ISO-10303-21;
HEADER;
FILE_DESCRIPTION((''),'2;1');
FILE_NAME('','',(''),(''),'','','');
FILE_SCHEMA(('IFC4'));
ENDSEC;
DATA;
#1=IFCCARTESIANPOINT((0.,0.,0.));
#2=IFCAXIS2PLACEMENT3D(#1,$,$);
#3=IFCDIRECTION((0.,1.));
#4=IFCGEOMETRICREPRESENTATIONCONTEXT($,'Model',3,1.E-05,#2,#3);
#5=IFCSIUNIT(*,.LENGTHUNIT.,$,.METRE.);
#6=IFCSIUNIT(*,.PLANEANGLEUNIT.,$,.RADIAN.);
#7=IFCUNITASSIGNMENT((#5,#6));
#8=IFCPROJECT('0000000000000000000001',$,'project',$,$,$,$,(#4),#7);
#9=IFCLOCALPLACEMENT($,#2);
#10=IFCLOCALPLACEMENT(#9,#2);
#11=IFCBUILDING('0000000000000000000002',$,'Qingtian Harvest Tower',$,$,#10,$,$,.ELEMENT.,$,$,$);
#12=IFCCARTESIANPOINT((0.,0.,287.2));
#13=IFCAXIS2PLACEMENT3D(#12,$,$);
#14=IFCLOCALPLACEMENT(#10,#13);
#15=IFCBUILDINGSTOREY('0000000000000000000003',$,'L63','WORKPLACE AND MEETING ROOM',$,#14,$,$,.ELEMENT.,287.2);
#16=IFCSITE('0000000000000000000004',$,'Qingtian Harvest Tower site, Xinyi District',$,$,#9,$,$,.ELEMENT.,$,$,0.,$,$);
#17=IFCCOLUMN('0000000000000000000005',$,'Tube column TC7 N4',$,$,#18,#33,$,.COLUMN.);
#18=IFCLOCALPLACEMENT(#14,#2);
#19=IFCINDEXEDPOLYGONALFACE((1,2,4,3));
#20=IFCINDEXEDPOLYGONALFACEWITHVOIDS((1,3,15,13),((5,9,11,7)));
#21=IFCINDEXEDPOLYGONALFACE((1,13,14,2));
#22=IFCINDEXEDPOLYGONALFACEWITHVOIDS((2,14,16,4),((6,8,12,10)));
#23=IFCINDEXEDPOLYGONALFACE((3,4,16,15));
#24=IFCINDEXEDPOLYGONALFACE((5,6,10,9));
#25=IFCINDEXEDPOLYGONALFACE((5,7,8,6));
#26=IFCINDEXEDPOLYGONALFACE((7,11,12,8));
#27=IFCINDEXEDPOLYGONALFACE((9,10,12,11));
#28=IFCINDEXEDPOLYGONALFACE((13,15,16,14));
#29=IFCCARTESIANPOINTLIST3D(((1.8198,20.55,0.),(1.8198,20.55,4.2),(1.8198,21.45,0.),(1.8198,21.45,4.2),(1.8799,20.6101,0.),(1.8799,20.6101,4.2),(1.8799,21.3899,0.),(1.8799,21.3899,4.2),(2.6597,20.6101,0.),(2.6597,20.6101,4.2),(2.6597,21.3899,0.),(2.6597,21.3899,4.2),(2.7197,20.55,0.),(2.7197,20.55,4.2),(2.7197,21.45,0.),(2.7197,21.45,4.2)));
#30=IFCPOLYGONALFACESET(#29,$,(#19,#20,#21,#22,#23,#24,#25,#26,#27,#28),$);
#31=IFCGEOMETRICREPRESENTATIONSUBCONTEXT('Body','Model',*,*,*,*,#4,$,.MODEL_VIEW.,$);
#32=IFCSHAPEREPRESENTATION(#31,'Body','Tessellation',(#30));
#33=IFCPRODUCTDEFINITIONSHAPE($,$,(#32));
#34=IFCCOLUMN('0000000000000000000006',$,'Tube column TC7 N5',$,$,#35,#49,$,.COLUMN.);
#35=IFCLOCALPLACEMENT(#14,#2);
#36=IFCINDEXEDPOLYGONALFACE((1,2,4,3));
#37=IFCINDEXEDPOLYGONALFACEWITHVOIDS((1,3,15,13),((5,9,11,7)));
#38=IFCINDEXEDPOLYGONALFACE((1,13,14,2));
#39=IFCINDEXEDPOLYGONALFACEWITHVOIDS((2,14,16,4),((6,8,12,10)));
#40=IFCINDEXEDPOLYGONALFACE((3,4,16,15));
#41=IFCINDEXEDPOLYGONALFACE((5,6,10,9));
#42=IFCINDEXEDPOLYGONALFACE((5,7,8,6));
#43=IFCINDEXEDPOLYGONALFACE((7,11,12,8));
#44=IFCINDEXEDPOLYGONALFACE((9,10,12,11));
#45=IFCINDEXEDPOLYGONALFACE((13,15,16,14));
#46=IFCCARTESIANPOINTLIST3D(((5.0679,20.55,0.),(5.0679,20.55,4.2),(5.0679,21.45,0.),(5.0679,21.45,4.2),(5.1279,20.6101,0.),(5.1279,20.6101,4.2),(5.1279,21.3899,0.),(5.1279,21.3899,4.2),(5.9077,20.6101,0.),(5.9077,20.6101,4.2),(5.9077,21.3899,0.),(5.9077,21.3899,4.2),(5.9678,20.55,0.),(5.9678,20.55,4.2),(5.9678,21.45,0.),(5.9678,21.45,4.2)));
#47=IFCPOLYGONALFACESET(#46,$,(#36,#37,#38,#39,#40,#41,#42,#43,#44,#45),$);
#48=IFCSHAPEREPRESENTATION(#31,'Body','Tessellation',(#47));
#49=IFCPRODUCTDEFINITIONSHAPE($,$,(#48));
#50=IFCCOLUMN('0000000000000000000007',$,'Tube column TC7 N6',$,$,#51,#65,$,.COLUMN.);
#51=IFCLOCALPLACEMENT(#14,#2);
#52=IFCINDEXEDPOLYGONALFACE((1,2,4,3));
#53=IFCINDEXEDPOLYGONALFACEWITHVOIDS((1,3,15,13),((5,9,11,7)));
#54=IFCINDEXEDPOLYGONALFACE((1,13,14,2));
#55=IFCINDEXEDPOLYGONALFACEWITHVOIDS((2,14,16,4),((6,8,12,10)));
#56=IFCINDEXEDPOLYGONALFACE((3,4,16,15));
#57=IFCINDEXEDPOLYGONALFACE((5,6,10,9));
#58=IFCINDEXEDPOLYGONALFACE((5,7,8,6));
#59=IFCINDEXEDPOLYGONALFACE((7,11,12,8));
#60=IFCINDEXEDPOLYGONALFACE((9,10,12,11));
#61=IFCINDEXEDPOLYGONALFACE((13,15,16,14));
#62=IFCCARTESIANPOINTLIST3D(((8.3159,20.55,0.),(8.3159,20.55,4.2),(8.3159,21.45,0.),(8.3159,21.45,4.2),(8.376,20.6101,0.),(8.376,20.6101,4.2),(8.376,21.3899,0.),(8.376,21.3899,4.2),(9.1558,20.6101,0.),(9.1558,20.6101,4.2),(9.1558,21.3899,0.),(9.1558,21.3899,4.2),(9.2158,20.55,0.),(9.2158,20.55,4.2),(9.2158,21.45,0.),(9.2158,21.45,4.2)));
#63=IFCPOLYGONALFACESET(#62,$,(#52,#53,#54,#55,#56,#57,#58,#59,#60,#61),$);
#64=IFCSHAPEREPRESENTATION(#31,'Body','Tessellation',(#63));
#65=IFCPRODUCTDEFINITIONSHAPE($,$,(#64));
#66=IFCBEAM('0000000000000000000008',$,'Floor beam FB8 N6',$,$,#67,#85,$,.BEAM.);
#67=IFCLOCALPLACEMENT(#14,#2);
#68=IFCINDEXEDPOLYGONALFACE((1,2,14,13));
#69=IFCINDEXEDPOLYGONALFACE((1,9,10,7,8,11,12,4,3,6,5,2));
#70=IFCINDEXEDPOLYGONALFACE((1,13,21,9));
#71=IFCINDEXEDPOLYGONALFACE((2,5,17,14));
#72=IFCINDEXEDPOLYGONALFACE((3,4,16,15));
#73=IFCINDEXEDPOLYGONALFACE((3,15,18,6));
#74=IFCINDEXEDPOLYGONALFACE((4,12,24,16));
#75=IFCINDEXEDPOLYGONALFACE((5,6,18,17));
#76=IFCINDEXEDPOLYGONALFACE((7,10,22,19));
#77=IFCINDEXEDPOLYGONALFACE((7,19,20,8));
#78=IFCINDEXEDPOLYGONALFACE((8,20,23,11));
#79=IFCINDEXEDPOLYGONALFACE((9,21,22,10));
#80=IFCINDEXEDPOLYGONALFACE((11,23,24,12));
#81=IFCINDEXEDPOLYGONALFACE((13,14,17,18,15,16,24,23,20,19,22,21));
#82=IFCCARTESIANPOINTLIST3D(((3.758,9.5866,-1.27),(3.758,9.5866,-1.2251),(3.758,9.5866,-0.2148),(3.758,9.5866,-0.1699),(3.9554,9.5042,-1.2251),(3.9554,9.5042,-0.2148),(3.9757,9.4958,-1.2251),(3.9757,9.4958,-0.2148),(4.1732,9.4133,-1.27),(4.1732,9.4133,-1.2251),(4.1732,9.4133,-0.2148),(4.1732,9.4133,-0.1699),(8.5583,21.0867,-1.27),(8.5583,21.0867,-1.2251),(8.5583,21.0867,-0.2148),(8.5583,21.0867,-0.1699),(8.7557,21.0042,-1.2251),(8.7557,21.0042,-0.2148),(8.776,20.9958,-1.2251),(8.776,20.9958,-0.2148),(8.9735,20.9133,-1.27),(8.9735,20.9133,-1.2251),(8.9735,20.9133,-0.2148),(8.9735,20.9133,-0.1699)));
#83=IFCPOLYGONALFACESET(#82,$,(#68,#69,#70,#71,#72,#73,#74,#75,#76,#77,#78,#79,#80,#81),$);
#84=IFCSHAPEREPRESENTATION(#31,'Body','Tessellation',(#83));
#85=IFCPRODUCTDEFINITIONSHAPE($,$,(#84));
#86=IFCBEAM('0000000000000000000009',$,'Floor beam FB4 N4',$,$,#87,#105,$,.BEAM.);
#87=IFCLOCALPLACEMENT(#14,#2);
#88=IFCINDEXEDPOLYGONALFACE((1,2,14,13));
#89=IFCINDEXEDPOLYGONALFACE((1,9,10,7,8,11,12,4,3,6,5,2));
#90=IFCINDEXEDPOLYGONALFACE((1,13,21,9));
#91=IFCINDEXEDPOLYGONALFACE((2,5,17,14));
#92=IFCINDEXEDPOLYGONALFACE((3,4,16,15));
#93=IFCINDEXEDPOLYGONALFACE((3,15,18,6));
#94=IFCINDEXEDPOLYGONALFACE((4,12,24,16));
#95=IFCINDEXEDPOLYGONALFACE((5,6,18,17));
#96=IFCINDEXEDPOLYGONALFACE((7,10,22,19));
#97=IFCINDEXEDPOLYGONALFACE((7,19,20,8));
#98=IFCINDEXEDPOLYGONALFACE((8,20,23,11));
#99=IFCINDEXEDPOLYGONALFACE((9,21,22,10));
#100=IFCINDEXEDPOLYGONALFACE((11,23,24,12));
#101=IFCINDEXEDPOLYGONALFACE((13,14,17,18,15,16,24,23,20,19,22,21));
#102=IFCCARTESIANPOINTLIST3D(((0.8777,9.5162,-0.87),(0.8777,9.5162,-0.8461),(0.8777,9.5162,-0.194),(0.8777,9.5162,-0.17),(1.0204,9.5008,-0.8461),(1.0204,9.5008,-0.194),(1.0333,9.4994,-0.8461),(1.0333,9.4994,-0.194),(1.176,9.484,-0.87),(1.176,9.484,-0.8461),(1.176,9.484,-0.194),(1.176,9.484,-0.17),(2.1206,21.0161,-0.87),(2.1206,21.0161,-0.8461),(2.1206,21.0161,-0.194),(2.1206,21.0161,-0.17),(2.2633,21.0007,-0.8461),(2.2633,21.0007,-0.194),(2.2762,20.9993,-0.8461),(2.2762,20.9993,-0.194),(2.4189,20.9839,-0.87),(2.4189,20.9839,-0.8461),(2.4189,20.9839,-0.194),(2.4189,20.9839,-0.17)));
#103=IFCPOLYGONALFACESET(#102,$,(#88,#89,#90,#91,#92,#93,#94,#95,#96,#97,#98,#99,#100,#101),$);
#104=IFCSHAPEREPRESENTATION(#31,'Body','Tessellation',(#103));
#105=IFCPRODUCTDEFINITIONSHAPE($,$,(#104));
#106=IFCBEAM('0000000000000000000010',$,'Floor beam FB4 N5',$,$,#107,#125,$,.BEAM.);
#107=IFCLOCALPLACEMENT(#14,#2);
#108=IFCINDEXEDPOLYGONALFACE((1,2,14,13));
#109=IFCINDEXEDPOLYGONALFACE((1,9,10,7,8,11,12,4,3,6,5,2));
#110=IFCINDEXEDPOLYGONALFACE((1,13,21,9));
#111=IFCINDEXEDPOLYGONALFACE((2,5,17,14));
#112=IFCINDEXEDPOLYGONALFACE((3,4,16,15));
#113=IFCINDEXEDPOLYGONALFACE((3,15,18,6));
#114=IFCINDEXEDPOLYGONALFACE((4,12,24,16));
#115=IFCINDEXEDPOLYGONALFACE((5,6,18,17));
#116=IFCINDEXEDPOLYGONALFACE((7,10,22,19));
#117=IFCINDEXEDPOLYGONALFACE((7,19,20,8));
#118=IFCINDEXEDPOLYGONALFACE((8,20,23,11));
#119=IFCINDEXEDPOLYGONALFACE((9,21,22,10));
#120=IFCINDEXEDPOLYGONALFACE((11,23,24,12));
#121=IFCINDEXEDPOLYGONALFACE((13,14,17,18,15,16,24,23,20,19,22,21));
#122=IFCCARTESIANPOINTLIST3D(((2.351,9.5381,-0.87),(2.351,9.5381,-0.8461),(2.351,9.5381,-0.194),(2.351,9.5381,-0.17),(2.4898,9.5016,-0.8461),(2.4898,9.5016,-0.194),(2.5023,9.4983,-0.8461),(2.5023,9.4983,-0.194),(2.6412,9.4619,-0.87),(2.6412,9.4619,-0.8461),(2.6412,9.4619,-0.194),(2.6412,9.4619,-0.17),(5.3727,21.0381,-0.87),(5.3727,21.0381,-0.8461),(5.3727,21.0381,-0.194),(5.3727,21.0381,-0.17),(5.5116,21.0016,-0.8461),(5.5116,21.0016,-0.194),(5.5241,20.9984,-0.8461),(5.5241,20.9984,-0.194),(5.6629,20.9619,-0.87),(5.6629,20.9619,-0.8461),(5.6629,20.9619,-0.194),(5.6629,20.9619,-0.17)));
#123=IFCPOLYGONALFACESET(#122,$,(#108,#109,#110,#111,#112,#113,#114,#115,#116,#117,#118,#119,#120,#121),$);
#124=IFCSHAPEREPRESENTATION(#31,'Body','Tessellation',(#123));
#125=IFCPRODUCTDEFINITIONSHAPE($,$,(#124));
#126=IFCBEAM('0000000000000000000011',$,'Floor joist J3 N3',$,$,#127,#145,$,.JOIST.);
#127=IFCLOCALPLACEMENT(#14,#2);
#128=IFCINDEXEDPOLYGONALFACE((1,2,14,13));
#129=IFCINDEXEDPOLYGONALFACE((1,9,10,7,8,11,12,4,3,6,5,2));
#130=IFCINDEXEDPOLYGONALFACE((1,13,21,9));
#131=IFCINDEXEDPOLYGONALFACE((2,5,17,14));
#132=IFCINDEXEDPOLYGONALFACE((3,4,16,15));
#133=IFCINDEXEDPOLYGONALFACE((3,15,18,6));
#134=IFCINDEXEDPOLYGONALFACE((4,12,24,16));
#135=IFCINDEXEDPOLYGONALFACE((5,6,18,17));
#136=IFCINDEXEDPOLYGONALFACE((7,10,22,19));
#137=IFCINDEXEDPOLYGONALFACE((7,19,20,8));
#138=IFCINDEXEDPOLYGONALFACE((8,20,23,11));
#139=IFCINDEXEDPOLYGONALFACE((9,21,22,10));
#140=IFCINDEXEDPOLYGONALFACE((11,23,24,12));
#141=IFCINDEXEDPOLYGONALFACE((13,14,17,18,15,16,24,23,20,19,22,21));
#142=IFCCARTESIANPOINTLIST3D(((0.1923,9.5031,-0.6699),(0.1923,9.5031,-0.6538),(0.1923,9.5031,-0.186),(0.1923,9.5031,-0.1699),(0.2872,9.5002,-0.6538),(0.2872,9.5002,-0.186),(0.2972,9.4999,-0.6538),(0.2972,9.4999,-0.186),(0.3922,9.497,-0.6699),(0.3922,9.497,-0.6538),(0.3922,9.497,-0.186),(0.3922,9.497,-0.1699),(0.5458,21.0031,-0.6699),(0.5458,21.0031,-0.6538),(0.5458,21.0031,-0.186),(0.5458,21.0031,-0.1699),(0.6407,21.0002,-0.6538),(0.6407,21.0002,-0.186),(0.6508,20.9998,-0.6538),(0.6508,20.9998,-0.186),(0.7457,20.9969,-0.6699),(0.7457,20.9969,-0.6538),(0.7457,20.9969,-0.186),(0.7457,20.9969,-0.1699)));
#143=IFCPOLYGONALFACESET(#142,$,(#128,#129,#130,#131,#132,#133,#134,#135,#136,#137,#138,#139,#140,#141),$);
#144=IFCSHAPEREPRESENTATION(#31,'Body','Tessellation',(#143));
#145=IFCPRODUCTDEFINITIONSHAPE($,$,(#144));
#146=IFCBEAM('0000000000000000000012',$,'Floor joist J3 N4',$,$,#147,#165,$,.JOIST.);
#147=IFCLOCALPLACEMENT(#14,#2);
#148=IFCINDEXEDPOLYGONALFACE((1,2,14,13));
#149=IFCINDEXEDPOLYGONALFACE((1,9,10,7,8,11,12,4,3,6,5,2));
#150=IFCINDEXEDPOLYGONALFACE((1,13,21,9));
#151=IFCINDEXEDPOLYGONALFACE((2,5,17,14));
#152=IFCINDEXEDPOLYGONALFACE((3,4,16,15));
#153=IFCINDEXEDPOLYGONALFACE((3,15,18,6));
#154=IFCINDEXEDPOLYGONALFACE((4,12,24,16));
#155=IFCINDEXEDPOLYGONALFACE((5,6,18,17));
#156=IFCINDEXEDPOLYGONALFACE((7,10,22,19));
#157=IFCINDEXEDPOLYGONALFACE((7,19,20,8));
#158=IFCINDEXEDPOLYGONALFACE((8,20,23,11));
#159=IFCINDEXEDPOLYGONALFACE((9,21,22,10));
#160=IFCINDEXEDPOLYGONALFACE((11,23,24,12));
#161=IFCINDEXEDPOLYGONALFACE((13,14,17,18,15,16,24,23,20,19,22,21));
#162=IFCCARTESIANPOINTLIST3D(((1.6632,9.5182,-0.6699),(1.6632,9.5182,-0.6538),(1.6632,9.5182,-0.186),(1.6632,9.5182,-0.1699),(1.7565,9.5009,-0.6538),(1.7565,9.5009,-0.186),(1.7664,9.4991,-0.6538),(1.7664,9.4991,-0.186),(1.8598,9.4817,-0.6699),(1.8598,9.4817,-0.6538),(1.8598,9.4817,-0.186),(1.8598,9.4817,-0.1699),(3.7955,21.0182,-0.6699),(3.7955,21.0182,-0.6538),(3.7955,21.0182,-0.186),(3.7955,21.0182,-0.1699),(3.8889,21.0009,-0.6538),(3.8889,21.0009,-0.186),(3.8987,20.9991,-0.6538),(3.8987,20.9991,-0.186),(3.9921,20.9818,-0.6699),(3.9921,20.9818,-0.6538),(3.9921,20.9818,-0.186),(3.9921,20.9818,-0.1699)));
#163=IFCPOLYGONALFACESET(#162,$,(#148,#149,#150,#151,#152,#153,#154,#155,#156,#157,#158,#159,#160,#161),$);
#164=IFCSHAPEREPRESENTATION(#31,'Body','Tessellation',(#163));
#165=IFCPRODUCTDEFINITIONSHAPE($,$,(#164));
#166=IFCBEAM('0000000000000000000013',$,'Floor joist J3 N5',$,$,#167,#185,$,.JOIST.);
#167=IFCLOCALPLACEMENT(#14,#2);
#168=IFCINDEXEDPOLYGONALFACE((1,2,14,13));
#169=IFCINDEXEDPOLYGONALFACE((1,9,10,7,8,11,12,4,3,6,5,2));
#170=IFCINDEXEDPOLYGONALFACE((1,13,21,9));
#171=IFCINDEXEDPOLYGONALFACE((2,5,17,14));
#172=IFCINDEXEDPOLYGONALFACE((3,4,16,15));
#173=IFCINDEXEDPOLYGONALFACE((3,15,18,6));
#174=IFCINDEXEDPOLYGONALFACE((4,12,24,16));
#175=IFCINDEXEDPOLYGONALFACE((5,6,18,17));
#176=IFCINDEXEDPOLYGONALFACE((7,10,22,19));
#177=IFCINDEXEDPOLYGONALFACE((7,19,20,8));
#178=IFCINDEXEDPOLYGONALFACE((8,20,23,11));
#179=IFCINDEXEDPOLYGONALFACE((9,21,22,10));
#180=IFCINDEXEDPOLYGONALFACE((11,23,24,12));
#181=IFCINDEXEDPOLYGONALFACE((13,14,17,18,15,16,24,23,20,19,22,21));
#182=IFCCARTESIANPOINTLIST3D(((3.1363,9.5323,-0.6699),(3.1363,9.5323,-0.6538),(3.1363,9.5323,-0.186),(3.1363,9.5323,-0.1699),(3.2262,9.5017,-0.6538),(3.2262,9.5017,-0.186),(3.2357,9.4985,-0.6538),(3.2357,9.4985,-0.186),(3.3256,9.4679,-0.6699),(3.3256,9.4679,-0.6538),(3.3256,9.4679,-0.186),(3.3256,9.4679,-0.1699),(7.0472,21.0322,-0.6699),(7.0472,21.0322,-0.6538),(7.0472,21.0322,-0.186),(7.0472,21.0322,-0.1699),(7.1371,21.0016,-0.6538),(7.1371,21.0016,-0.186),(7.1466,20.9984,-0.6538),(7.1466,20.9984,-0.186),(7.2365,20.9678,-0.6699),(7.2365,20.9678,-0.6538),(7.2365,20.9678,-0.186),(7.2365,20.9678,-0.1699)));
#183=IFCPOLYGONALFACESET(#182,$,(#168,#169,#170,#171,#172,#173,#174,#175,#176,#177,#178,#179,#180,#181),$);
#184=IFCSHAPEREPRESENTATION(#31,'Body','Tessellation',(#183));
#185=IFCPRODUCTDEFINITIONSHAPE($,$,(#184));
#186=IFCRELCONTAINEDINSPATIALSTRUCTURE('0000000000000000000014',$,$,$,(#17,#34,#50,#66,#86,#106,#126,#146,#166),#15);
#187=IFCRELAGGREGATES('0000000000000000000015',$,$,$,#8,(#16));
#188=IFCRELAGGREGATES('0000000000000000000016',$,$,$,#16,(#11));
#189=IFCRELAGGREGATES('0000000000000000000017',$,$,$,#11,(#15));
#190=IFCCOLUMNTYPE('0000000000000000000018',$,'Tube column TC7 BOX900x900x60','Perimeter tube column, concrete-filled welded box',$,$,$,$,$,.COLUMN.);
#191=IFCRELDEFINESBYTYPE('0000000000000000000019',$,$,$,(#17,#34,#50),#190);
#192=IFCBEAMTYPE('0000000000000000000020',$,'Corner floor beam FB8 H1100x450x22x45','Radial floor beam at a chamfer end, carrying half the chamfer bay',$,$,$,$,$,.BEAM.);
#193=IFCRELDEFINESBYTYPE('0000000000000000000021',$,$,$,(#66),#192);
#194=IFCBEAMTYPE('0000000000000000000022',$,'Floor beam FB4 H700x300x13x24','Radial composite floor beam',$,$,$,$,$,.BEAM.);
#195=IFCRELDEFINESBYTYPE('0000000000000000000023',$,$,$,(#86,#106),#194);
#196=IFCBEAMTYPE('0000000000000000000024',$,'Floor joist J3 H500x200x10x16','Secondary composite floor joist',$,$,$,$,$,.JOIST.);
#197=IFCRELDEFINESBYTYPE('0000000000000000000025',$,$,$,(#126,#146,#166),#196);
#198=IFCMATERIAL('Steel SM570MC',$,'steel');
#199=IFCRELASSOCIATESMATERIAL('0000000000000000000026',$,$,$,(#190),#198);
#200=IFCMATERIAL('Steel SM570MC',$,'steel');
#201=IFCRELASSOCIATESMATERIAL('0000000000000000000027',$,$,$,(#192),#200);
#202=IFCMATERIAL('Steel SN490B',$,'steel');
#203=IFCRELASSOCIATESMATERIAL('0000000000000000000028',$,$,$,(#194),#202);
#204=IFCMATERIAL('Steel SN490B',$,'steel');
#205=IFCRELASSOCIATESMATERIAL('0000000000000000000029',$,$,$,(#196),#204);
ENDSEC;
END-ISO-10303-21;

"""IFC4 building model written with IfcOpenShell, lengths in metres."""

from ifc_helpers import new_model, si_unit, direction, frame, origin, origin_2d, place, context, subcontext, project, spatial, hollow_rectangle, i_section, extrude, material, material_profile, profile_set, type_object, element, save


model = new_model("IFC4")

# Units and contexts
model_context = context("Model", 3, precision=1e-05, world=origin(), true_north=direction((0.0, 1.0)))
body_context = subcontext(model_context, "Body", "Model", "MODEL_VIEW")
ifc_project = project(units=[si_unit("LENGTHUNIT", "METRE"), si_unit("PLANEANGLEUNIT", "RADIAN")], contexts=[model_context])

# Site, building, storey
site_placement = place(None, origin())
site = spatial("IfcSite", under=ifc_project, at=site_placement, Name="Qingtian Harvest Tower site, Xinyi District", CompositionType="ELEMENT", RefElevation=0.0)
building_placement = place(site_placement, origin())
building = spatial("IfcBuilding", under=site, at=building_placement, Name="Qingtian Harvest Tower", CompositionType="ELEMENT")
storey_placement = place(building_placement, frame((0.0, 0.0, 287.2)))
storey = spatial("IfcBuildingStorey", under=building, at=storey_placement, Name="L63", Description="WORKPLACE AND MEETING ROOM", CompositionType="ELEMENT", Elevation=287.2)

# Columns
ifc_material_1 = material(Name="Steel SM570MC", Category="steel")
ifc_material_profile_1 = material_profile(ifc_material_1, hollow_rectangle(XDim=0.8999, YDim=0.8999, WallThickness=0.0601, at=origin_2d()), Name="BOX900x900x60")
ifc_profile_set_1 = profile_set([ifc_material_profile_1], Name="Steel SM570MC")
column_type = type_object("IfcColumnType", Name="Tube column TC7 BOX900x900x60", Description="Perimeter tube column, concrete-filled welded box", PredefinedType="COLUMN", material=ifc_profile_set_1)
for number, where, z_axis, x_axis, name in (
    (1, (2.2698, 21.0, 0.0), (0.0, 0.0, 1.0), (-1.0, 0.0, 0.0), "Tube column TC7 N4"),
    (2, (5.5178, 21.0, 0.0), (0.0, 0.0, 1.0), (-1.0, 0.0, 0.0), "Tube column TC7 N5"),
    (3, (8.7659, 21.0, 0.0), (0.0, 0.0, 1.0), (-1.0, 0.0, 0.0), "Tube column TC7 N6"),
):
    element("IfcColumn", number, at=place(storey_placement, frame(where, z_axis=z_axis, x_axis=x_axis)), inside=storey, type_object=column_type, Name=name, PredefinedType="COLUMN", context=body_context, shape_type="SweptSolid", body=[
        extrude(hollow_rectangle(XDim=0.8999, YDim=0.8999, WallThickness=0.0601, at=origin_2d()), origin(), (0.0, 0.0, 1.0), 4.2),
    ])

# Beams
ifc_material_2 = material(Name="Steel SM570MC", Category="steel")
ifc_material_profile_2 = material_profile(ifc_material_2, i_section(OverallWidth=0.45, OverallDepth=1.1001, WebThickness=0.022, FlangeThickness=0.0449, at=origin_2d()), Name="H1100x450x22x45")
ifc_profile_set_2 = profile_set([ifc_material_profile_2], Name="Steel SM570MC")
beam_type_1 = type_object("IfcBeamType", Name="Corner floor beam FB8 H1100x450x22x45", Description="Radial floor beam at a chamfer end, carrying half the chamfer bay", PredefinedType="BEAM", material=ifc_profile_set_2)
beam_1_placement = place(storey_placement, frame((8.7659, 21.0, -0.72), z_axis=(-0.385205, -0.922831, 0.0), x_axis=(0.922831, -0.385205, 0.0)))
element("IfcBeam", 4, at=beam_1_placement, inside=storey, type_object=beam_type_1, Name="Floor beam FB8 N6", PredefinedType="BEAM", context=body_context, shape_type="SweptSolid", body=[
    extrude(i_section(OverallWidth=0.45, OverallDepth=1.1001, WebThickness=0.022, FlangeThickness=0.0449, at=origin_2d()), origin(), (0.0, 0.0, 1.0), 12.4617),
])
ifc_material_3 = material(Name="Steel SN490B", Category="steel")
ifc_material_profile_3 = material_profile(ifc_material_3, i_section(OverallWidth=0.3, OverallDepth=0.7, WebThickness=0.0129, FlangeThickness=0.0239, at=origin_2d()), Name="H700x300x13x24")
ifc_profile_set_3 = profile_set([ifc_material_profile_3], Name="Steel SN490B")
beam_type_2 = type_object("IfcBeamType", Name="Floor beam FB4 H700x300x13x24", Description="Radial composite floor beam", PredefinedType="BEAM", material=ifc_profile_set_3)
beam_2_placement = place(storey_placement, frame((2.2698, 21.0, -0.52), z_axis=(-0.107454, -0.99421, 0.0), x_axis=(0.99421, -0.107454, 0.0)))
element("IfcBeam", 5, at=beam_2_placement, inside=storey, type_object=beam_type_2, Name="Floor beam FB4 N4", PredefinedType="BEAM", context=body_context, shape_type="SweptSolid", body=[
    extrude(i_section(OverallWidth=0.3, OverallDepth=0.7, WebThickness=0.0129, FlangeThickness=0.0239, at=origin_2d()), origin(), (0.0, 0.0, 1.0), 11.5669),
])
beam_3_placement = place(storey_placement, frame((5.5178, 21.0, -0.52), z_axis=(-0.254132, -0.967169, 0.0), x_axis=(0.967169, -0.254132, 0.0)))
element("IfcBeam", 6, at=beam_3_placement, inside=storey, type_object=beam_type_2, Name="Floor beam FB4 N5", PredefinedType="BEAM", context=body_context, shape_type="SweptSolid", body=[
    extrude(i_section(OverallWidth=0.3, OverallDepth=0.7, WebThickness=0.0129, FlangeThickness=0.0239, at=origin_2d()), origin(), (0.0, 0.0, 1.0), 11.8904),
])
ifc_material_4 = material(Name="Steel SN490B", Category="steel")
ifc_material_profile_4 = material_profile(ifc_material_4, i_section(OverallWidth=0.2, OverallDepth=0.5, WebThickness=0.01, FlangeThickness=0.0161, at=origin_2d()), Name="H500x200x10x16")
ifc_profile_set_4 = profile_set([ifc_material_profile_4], Name="Steel SN490B")
beam_type_3 = type_object("IfcBeamType", Name="Floor joist J3 H500x200x10x16", Description="Secondary composite floor joist", PredefinedType="JOIST", material=ifc_profile_set_4)
beam_4_placement = place(storey_placement, frame((0.6458, 21.0, -0.4199), z_axis=(-0.030726, -0.999528, 0.0), x_axis=(0.999528, -0.030726, 0.0)))
element("IfcBeam", 7, at=beam_4_placement, inside=storey, type_object=beam_type_3, Name="Floor joist J3 N3", PredefinedType="JOIST", context=body_context, shape_type="SweptSolid", body=[
    extrude(i_section(OverallWidth=0.2, OverallDepth=0.5, WebThickness=0.01, FlangeThickness=0.0161, at=origin_2d()), origin(), (0.0, 0.0, 1.0), 11.5054),
])
beam_5_placement = place(storey_placement, frame((3.8938, 21.0, -0.4199), z_axis=(-0.182312, -0.983241, 0.0), x_axis=(0.983241, -0.182312, 0.0)))
element("IfcBeam", 8, at=beam_5_placement, inside=storey, type_object=beam_type_3, Name="Floor joist J3 N4", PredefinedType="JOIST", context=body_context, shape_type="SweptSolid", body=[
    extrude(i_section(OverallWidth=0.2, OverallDepth=0.5, WebThickness=0.01, FlangeThickness=0.0161, at=origin_2d()), origin(), (0.0, 0.0, 1.0), 11.696),
])
beam_6_placement = place(storey_placement, frame((7.1418, 21.0, -0.4199), z_axis=(-0.321968, -0.94675, 0.0), x_axis=(0.94675, -0.321968, 0.0)))
element("IfcBeam", 9, at=beam_6_placement, inside=storey, type_object=beam_type_3, Name="Floor joist J3 N5", PredefinedType="JOIST", context=body_context, shape_type="SweptSolid", body=[
    extrude(i_section(OverallWidth=0.2, OverallDepth=0.5, WebThickness=0.01, FlangeThickness=0.0161, at=origin_2d()), origin(), (0.0, 0.0, 1.0), 12.1467),
])

save(model, "model.ifc")
